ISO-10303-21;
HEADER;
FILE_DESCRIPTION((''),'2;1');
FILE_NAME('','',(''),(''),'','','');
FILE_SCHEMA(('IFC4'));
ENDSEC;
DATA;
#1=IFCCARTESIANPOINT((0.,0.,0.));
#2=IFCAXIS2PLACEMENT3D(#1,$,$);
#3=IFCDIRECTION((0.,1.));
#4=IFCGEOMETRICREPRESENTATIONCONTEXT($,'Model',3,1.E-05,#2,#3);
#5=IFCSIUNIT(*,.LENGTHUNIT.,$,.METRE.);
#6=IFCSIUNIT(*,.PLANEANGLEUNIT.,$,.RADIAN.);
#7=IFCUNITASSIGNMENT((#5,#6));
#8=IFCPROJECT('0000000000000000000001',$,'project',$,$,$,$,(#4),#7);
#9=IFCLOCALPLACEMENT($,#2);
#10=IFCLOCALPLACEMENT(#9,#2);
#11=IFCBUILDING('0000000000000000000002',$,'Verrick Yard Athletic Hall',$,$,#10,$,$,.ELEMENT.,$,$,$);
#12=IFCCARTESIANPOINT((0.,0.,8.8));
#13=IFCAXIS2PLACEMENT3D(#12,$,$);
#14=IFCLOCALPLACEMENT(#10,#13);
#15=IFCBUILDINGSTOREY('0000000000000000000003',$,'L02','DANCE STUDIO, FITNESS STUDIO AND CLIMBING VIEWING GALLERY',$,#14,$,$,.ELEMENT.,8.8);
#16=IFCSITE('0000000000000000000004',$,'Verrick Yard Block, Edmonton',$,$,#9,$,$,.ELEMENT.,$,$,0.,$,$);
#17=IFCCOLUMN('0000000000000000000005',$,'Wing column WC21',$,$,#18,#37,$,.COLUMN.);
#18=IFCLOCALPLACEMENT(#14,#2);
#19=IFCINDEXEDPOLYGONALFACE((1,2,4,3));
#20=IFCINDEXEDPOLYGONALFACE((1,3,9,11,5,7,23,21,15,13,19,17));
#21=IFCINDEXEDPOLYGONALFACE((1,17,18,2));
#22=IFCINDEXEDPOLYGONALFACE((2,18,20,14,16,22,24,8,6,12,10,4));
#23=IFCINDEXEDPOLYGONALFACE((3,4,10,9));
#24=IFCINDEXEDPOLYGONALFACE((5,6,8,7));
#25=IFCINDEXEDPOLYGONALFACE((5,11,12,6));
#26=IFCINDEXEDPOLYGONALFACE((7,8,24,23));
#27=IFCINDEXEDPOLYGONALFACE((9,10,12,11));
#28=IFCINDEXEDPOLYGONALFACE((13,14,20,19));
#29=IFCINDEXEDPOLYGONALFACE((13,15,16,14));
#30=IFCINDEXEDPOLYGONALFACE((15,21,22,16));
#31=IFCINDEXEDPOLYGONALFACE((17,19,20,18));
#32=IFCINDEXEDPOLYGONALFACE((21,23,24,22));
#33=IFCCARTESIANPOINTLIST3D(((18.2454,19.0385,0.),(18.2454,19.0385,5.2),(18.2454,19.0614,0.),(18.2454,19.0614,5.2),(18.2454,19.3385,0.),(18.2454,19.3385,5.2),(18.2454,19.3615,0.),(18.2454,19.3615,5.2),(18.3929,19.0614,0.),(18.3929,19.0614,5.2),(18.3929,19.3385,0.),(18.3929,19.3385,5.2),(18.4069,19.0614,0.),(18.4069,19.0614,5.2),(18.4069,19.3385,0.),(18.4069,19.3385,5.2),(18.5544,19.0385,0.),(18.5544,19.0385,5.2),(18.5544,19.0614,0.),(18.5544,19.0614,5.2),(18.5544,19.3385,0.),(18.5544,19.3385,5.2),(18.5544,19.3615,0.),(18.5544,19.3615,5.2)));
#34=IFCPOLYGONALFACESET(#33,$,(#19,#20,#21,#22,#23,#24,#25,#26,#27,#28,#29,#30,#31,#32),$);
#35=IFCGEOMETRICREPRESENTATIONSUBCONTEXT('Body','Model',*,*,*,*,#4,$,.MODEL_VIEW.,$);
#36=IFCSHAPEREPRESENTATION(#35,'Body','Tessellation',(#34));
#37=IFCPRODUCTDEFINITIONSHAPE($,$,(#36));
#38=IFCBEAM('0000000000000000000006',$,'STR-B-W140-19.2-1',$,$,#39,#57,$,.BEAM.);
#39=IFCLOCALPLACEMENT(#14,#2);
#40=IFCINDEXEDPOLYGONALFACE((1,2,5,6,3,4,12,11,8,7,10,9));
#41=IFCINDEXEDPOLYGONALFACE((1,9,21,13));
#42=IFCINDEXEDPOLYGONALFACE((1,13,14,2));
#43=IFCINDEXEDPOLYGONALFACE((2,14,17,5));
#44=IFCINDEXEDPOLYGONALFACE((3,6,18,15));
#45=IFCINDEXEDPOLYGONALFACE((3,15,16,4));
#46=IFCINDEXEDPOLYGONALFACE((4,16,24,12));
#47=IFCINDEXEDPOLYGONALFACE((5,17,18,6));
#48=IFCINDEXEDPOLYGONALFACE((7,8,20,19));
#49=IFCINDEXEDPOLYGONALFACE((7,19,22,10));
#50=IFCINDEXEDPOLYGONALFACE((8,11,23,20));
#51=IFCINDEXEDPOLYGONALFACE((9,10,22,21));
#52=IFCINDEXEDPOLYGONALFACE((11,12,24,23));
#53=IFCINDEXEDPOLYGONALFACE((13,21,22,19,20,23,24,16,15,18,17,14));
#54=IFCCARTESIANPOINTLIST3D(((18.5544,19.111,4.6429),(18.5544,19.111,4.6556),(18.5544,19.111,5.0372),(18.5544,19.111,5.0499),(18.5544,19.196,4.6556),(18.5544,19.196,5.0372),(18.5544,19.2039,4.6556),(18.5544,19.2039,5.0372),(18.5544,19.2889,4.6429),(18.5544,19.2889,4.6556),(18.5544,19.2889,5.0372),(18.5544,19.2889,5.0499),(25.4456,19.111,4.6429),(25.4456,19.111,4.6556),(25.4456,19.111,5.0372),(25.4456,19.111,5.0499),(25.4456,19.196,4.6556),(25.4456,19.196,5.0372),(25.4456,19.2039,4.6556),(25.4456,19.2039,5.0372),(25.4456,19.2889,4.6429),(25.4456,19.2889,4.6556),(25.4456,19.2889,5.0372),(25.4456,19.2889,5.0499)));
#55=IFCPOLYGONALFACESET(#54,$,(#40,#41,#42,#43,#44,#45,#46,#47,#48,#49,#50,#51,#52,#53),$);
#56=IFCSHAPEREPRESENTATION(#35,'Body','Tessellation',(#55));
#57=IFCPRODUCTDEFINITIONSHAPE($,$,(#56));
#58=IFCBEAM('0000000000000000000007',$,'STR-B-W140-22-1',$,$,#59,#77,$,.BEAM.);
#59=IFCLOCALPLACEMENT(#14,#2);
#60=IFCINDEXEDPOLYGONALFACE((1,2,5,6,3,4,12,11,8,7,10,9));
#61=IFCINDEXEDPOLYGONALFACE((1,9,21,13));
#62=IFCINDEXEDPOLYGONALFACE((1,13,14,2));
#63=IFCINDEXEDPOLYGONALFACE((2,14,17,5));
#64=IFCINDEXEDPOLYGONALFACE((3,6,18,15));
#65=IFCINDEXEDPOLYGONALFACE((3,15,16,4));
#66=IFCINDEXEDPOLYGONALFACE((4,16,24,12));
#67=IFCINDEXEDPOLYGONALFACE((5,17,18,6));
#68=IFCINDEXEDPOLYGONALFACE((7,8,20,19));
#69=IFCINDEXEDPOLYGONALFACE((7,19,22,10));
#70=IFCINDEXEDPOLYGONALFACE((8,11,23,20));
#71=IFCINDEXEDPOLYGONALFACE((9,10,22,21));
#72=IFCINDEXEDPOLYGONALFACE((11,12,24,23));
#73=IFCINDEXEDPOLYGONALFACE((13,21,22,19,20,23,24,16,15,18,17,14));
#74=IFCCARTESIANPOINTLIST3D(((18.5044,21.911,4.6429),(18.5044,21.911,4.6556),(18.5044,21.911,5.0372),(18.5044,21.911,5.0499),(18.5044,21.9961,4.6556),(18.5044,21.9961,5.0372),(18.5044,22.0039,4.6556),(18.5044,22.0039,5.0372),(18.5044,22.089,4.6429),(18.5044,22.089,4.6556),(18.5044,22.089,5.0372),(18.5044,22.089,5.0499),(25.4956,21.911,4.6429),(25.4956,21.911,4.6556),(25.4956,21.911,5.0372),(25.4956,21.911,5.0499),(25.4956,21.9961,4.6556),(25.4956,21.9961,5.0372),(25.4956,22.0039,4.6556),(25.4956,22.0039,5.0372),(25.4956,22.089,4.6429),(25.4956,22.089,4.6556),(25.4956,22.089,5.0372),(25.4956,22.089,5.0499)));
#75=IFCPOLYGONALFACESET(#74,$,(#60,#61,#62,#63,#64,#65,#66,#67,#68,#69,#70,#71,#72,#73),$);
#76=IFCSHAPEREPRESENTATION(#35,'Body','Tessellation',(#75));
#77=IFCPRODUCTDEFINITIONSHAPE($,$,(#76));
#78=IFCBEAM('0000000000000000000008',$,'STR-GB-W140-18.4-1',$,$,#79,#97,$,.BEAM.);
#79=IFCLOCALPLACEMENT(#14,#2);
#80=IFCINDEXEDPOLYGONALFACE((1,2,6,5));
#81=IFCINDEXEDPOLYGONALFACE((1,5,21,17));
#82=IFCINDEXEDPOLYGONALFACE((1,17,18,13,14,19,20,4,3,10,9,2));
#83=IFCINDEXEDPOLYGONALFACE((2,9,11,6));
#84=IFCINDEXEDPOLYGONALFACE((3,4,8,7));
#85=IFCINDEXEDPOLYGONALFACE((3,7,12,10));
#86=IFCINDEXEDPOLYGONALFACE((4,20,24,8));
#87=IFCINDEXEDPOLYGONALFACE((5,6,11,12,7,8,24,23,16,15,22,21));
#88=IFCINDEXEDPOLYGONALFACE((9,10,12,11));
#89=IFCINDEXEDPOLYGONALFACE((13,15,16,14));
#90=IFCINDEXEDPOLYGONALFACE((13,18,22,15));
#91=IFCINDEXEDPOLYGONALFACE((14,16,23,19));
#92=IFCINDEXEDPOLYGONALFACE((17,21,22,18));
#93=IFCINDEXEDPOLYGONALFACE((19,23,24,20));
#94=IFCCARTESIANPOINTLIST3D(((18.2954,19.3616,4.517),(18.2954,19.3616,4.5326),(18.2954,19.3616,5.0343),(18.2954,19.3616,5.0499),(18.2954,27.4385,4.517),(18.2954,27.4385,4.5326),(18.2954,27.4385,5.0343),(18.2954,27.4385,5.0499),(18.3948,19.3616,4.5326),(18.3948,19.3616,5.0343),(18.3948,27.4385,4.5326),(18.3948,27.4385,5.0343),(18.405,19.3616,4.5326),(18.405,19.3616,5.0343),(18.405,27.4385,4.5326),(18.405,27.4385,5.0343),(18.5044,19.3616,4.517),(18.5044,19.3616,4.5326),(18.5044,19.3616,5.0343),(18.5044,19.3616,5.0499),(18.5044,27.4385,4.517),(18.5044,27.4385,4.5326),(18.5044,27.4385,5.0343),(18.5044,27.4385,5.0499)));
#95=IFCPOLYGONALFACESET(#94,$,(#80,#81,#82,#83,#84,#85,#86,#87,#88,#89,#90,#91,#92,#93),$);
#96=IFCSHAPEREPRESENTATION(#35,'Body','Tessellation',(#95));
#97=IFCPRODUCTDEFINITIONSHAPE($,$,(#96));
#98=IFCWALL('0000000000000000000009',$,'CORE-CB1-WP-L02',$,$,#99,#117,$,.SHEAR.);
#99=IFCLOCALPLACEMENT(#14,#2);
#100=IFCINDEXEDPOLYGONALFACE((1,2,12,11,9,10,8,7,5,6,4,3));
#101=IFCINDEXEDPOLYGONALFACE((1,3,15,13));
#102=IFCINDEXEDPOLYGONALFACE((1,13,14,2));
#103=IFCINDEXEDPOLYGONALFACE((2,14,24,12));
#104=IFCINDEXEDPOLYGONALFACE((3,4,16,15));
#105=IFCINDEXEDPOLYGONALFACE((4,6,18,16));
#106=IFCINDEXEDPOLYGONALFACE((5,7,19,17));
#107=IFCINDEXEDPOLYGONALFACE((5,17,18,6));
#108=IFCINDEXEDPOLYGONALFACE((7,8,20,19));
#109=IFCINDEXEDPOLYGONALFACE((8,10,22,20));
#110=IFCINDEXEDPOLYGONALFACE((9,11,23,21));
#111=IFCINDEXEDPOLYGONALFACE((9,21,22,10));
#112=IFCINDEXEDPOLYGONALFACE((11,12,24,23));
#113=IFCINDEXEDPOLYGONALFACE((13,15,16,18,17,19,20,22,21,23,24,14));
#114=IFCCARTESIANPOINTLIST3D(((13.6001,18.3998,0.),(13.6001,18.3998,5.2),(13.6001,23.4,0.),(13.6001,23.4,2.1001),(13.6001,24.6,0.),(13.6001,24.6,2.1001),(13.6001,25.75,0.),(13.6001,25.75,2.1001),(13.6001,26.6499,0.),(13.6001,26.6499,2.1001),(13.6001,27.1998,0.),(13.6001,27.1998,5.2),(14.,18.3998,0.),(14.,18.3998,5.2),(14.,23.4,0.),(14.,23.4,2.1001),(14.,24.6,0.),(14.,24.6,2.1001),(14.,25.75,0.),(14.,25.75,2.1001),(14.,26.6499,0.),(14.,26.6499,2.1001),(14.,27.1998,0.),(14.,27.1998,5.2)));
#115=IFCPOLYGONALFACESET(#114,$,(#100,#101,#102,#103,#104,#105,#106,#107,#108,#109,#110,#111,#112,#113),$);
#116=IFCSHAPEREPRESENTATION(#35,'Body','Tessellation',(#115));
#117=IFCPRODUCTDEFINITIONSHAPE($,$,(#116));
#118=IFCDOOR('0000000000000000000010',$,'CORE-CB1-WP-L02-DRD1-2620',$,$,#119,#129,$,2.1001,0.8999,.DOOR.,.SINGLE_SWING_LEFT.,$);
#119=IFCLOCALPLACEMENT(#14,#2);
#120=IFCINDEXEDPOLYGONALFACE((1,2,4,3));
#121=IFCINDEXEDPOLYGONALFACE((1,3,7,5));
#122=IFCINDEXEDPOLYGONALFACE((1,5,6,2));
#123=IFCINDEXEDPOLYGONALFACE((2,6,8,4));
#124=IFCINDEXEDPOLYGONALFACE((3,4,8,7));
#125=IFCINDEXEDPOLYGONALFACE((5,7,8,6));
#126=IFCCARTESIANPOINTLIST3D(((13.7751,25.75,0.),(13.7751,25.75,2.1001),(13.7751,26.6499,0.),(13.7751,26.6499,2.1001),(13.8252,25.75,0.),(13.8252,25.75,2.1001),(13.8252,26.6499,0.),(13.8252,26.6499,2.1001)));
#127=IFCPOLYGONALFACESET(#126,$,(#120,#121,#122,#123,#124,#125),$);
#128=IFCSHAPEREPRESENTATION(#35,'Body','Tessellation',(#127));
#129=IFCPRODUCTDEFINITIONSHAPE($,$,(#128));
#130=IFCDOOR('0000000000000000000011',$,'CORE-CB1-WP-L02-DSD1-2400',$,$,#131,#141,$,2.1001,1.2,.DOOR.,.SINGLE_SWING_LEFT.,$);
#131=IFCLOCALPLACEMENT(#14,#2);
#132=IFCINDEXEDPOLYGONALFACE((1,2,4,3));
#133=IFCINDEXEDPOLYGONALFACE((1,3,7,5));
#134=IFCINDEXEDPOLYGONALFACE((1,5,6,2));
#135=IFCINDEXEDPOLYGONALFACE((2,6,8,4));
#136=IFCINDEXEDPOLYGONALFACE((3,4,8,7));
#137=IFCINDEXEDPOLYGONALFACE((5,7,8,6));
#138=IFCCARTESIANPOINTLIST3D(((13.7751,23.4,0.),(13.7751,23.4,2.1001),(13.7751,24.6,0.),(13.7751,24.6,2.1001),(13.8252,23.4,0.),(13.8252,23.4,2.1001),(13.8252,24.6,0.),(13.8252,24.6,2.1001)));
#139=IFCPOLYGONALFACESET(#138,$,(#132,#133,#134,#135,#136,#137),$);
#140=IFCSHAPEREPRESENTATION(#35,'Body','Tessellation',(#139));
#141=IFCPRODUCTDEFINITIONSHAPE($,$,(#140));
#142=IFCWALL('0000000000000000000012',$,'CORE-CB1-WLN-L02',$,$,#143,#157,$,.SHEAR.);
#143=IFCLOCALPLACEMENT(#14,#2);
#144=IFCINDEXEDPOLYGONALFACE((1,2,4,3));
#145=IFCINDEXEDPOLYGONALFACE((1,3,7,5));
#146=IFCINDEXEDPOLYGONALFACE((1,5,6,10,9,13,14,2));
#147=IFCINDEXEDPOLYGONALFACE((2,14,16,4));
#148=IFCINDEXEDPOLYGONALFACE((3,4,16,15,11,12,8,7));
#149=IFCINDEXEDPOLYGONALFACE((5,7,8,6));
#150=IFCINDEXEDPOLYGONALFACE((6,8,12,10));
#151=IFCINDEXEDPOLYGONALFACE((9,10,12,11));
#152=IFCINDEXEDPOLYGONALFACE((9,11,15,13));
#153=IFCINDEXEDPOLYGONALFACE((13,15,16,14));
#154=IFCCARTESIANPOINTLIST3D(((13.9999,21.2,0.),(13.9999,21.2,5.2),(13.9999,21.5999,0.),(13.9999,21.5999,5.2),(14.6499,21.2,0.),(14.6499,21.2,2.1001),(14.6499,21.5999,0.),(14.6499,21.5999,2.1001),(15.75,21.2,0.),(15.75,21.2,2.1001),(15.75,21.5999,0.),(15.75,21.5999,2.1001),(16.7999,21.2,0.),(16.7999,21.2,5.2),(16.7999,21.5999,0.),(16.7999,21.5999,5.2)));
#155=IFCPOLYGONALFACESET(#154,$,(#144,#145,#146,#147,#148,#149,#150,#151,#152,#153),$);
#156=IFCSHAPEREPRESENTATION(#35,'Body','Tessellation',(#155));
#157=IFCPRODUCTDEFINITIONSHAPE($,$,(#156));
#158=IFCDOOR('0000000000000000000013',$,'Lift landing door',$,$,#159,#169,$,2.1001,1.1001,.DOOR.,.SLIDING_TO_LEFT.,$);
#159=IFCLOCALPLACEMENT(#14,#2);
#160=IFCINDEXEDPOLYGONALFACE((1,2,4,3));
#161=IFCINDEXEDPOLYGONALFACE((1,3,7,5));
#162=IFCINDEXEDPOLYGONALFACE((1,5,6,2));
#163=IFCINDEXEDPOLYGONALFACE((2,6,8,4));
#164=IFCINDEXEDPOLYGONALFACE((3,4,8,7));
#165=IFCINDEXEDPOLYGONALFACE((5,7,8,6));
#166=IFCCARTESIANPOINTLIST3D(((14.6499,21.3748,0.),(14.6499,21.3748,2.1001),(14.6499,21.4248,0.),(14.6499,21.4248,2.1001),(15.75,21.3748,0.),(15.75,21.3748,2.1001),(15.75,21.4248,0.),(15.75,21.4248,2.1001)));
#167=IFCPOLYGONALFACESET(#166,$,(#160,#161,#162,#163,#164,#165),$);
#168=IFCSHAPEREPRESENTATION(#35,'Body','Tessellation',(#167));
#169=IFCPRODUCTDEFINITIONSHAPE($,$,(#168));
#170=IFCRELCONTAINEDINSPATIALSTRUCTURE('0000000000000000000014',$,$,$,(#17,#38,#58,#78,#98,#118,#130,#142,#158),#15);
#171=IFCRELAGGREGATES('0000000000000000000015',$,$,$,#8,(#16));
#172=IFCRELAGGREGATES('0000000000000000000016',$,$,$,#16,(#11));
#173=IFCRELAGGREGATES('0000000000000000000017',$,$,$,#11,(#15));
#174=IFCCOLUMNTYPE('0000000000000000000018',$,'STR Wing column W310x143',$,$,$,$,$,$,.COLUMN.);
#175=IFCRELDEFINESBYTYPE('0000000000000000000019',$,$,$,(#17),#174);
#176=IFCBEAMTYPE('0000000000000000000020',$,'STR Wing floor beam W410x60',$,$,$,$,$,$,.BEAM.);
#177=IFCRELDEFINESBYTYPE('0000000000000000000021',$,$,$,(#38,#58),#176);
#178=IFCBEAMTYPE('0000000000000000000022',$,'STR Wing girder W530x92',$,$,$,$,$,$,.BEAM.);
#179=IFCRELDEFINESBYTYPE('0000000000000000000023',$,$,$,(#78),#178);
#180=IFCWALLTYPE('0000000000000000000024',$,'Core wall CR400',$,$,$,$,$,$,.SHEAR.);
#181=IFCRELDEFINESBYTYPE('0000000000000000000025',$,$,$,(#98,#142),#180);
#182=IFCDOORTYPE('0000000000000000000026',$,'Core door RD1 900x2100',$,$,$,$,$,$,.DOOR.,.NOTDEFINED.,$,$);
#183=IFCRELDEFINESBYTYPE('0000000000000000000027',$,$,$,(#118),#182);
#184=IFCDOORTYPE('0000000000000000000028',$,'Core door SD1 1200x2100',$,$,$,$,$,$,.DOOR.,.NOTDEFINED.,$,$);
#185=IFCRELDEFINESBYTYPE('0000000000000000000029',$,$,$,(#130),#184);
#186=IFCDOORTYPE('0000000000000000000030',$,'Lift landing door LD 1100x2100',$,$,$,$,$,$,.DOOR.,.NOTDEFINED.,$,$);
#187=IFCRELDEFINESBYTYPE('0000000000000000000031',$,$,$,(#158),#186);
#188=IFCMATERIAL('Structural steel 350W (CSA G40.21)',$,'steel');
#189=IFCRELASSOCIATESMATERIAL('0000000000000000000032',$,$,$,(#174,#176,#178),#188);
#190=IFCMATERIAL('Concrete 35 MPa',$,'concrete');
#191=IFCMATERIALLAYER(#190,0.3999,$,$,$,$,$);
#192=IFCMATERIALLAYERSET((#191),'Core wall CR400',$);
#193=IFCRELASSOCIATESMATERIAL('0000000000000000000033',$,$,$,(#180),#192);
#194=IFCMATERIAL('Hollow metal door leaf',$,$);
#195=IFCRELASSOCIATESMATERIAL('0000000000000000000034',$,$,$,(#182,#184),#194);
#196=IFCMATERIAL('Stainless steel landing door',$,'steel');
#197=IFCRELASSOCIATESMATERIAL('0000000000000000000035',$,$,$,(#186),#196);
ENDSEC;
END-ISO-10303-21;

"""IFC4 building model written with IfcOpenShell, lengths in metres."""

from ifc_helpers import new_model, si_unit, direction, frame, frame_2d, origin, origin_2d, place, context, subcontext, project, spatial, rectangle, i_section, extrude, material, layer, layer_set, material_profile, profile_set, type_object, element, fill, save


model = new_model("IFC4")

# Units and contexts
model_context = context("Model", 3, precision=1e-05, world=origin(), true_north=direction((0.0, 1.0)))
body_context = subcontext(model_context, "Body", "Model", "MODEL_VIEW")
ifc_project = project(units=[si_unit("LENGTHUNIT", "METRE"), si_unit("PLANEANGLEUNIT", "RADIAN")], contexts=[model_context])

# Site, building, storey
site_placement = place(None, origin())
site = spatial("IfcSite", under=ifc_project, at=site_placement, Name="Verrick Yard Block, Edmonton", CompositionType="ELEMENT", RefElevation=0.0)
building_placement = place(site_placement, origin())
building = spatial("IfcBuilding", under=site, at=building_placement, Name="Verrick Yard Athletic Hall", CompositionType="ELEMENT")
storey_placement = place(building_placement, frame((0.0, 0.0, 8.8)))
storey = spatial("IfcBuildingStorey", under=building, at=storey_placement, Name="L02", Description="DANCE STUDIO, FITNESS STUDIO AND CLIMBING VIEWING GALLERY", CompositionType="ELEMENT", Elevation=8.8)

# Column
ifc_material_1 = material(Name="Structural steel 350W (CSA G40.21)", Category="steel")
ifc_material_profile_1 = material_profile(ifc_material_1, i_section(OverallWidth=0.3091, OverallDepth=0.323, WebThickness=0.0139, FlangeThickness=0.0229, at=origin_2d()), Name="W310x143")
ifc_profile_set_1 = profile_set([ifc_material_profile_1], Name="Structural steel 350W (CSA G40.21)")
column_type = type_object("IfcColumnType", Name="STR Wing column W310x143", PredefinedType="COLUMN", material=ifc_profile_set_1)
column_placement = place(storey_placement, frame((18.3999, 19.2, 0.0), z_axis=(0.0, 0.0, 1.0), x_axis=(1.0, 0.0, 0.0)))
element("IfcColumn", 1, at=column_placement, inside=storey, type_object=column_type, Name="Wing column WC21", PredefinedType="COLUMN", context=body_context, shape_type="SweptSolid", body=[
    extrude(i_section(OverallWidth=0.3091, OverallDepth=0.323, WebThickness=0.0139, FlangeThickness=0.0229, at=origin_2d()), origin(), (0.0, 0.0, 1.0), 5.2),
])

# Beams
ifc_material_profile_2 = material_profile(ifc_material_1, i_section(OverallWidth=0.178, OverallDepth=0.407, WebThickness=0.0078, FlangeThickness=0.0127, at=origin_2d()), Name="W410x60")
ifc_profile_set_2 = profile_set([ifc_material_profile_2], Name="Structural steel 350W (CSA G40.21)")
beam_type_1 = type_object("IfcBeamType", Name="STR Wing floor beam W410x60", PredefinedType="BEAM", material=ifc_profile_set_2)
beam_1_placement = place(storey_placement, frame((18.5544, 19.2, 4.8464), z_axis=(1.0, 0.0, 0.0), x_axis=(0.0, 1.0, 0.0)))
element("IfcBeam", 2, at=beam_1_placement, inside=storey, type_object=beam_type_1, Name="STR-B-W140-19.2-1", PredefinedType="BEAM", context=body_context, shape_type="SweptSolid", body=[
    extrude(i_section(OverallWidth=0.178, OverallDepth=0.407, WebThickness=0.0078, FlangeThickness=0.0127, at=origin_2d()), origin(), (0.0, 0.0, 1.0), 6.8911),
])
beam_2_placement = place(storey_placement, frame((18.5044, 22.0, 4.8464), z_axis=(1.0, 0.0, 0.0), x_axis=(0.0, 1.0, 0.0)))
element("IfcBeam", 3, at=beam_2_placement, inside=storey, type_object=beam_type_1, Name="STR-B-W140-22-1", PredefinedType="BEAM", context=body_context, shape_type="SweptSolid", body=[
    extrude(i_section(OverallWidth=0.178, OverallDepth=0.407, WebThickness=0.0078, FlangeThickness=0.0127, at=origin_2d()), origin(), (0.0, 0.0, 1.0), 6.9912),
])
ifc_material_profile_3 = material_profile(ifc_material_1, i_section(OverallWidth=0.209, OverallDepth=0.533, WebThickness=0.0103, FlangeThickness=0.0156, at=origin_2d()), Name="W530x92")
ifc_profile_set_3 = profile_set([ifc_material_profile_3], Name="Structural steel 350W (CSA G40.21)")
beam_type_2 = type_object("IfcBeamType", Name="STR Wing girder W530x92", PredefinedType="BEAM", material=ifc_profile_set_3)
beam_3_placement = place(storey_placement, frame((18.3999, 19.3616, 4.7834), z_axis=(0.0, 1.0, 0.0), x_axis=(-1.0, 0.0, 0.0)))
element("IfcBeam", 4, at=beam_3_placement, inside=storey, type_object=beam_type_2, Name="STR-GB-W140-18.4-1", PredefinedType="BEAM", context=body_context, shape_type="SweptSolid", body=[
    extrude(i_section(OverallWidth=0.209, OverallDepth=0.533, WebThickness=0.0103, FlangeThickness=0.0156, at=origin_2d()), origin(), (0.0, 0.0, 1.0), 8.0769),
])

# Wall, openings, doors
ifc_material_2 = material(Name="Concrete 35 MPa", Category="concrete")
ifc_layer_1 = layer(ifc_material_2, 0.3999)
ifc_layer_set_1 = layer_set([ifc_layer_1], Name="Core wall CR400")
wall_type_1 = type_object("IfcWallType", Name="Core wall CR400", PredefinedType="SHEAR", material=ifc_layer_set_1)
wall_1_placement = place(storey_placement, frame((13.8, 18.3999, 0.0), z_axis=(0.0, 0.0, 1.0), x_axis=(0.0, 1.0, 0.0)))
wall_1 = element("IfcWall", 5, at=wall_1_placement, inside=storey, type_object=wall_type_1, Name="CORE-CB1-WP-L02", PredefinedType="SHEAR", context=body_context, shape_type="SweptSolid", body=[
    extrude(rectangle(XDim=8.8, YDim=0.3999, at=frame_2d((4.3999, 0.0))), origin(), (0.0, 0.0, 1.0), 5.2),
])
opening_1_placement = place(wall_1_placement, frame((5.0, 0.0, 0.0)))
opening_1 = element("IfcOpeningElement", 6, at=opening_1_placement, cuts=wall_1, PredefinedType="OPENING", context=body_context, shape_type="SweptSolid", body=[
    extrude(rectangle(XDim=1.2, YDim=2.1001, at=frame_2d((0.6001, 1.05))), frame((0.0, 0.21, 0.0), z_axis=(0.0, -1.0, 0.0), x_axis=(1.0, 0.0, 0.0)), (0.0, 0.0, 1.0), 0.4199),
])
opening_2_placement = place(wall_1_placement, frame((7.3501, 0.0, 0.0)))
opening_2 = element("IfcOpeningElement", 7, at=opening_2_placement, cuts=wall_1, PredefinedType="OPENING", context=body_context, shape_type="SweptSolid", body=[
    extrude(rectangle(XDim=0.8999, YDim=2.1001, at=frame_2d((0.45, 1.05))), frame((0.0, 0.21, 0.0), z_axis=(0.0, -1.0, 0.0), x_axis=(1.0, 0.0, 0.0)), (0.0, 0.0, 1.0), 0.4199),
])
ifc_material_3 = material(Name="Hollow metal door leaf")
door_type_1 = type_object("IfcDoorType", Name="Core door RD1 900x2100", OperationType="NOTDEFINED", PredefinedType="DOOR", material=ifc_material_3)
door_1_placement = place(opening_2_placement, origin())
door_1 = element("IfcDoor", 8, at=door_1_placement, inside=storey, type_object=door_type_1, Name="CORE-CB1-WP-L02-DRD1-2620", OperationType="SINGLE_SWING_LEFT", OverallHeight=2.1001, OverallWidth=0.8999, PredefinedType="DOOR", context=body_context, shape_type="SweptSolid", body=[
    extrude(rectangle(XDim=0.8999, YDim=2.1001, at=frame_2d((0.45, 1.05))), frame((0.0, 0.0249, 0.0), z_axis=(0.0, -1.0, 0.0), x_axis=(1.0, 0.0, 0.0)), (0.0, 0.0, 1.0), 0.05),
])
fill(opening_2, door_1)
door_type_2 = type_object("IfcDoorType", Name="Core door SD1 1200x2100", OperationType="NOTDEFINED", PredefinedType="DOOR", material=ifc_material_3)
door_2_placement = place(opening_1_placement, origin())
door_2 = element("IfcDoor", 9, at=door_2_placement, inside=storey, type_object=door_type_2, Name="CORE-CB1-WP-L02-DSD1-2400", OperationType="SINGLE_SWING_LEFT", OverallHeight=2.1001, OverallWidth=1.2, PredefinedType="DOOR", context=body_context, shape_type="SweptSolid", body=[
    extrude(rectangle(XDim=1.2, YDim=2.1001, at=frame_2d((0.6001, 1.05))), frame((0.0, 0.0249, 0.0), z_axis=(0.0, -1.0, 0.0), x_axis=(1.0, 0.0, 0.0)), (0.0, 0.0, 1.0), 0.05),
])
fill(opening_1, door_2)

# Wall, opening, door
wall_2_placement = place(storey_placement, frame((14.0, 21.3999, 0.0), z_axis=(0.0, 0.0, 1.0), x_axis=(1.0, 0.0, 0.0)))
wall_2 = element("IfcWall", 10, at=wall_2_placement, inside=storey, type_object=wall_type_1, Name="CORE-CB1-WLN-L02", PredefinedType="SHEAR", context=body_context, shape_type="SweptSolid", body=[
    extrude(rectangle(XDim=2.8, YDim=0.3999, at=frame_2d((1.3999, 0.0))), origin(), (0.0, 0.0, 1.0), 5.2),
])
opening_3_placement = place(wall_2_placement, frame((0.6499, 0.0, 0.0)))
opening_3 = element("IfcOpeningElement", 11, at=opening_3_placement, cuts=wall_2, PredefinedType="OPENING", context=body_context, shape_type="SweptSolid", body=[
    extrude(rectangle(XDim=1.1001, YDim=2.1001, at=frame_2d((0.55, 1.05))), frame((0.0, 0.21, 0.0), z_axis=(0.0, -1.0, 0.0), x_axis=(1.0, 0.0, 0.0)), (0.0, 0.0, 1.0), 0.4199),
])
ifc_material_4 = material(Name="Stainless steel landing door", Category="steel")
door_type_3 = type_object("IfcDoorType", Name="Lift landing door LD 1100x2100", OperationType="NOTDEFINED", PredefinedType="DOOR", material=ifc_material_4)
door_3_placement = place(opening_3_placement, origin())
door_3 = element("IfcDoor", 12, at=door_3_placement, inside=storey, type_object=door_type_3, Name="Lift landing door", OperationType="SLIDING_TO_LEFT", OverallHeight=2.1001, OverallWidth=1.1001, PredefinedType="DOOR", context=body_context, shape_type="SweptSolid", body=[
    extrude(rectangle(XDim=1.1001, YDim=2.1001, at=frame_2d((0.55, 1.05))), frame((0.0, 0.0249, 0.0), z_axis=(0.0, -1.0, 0.0), x_axis=(1.0, 0.0, 0.0)), (0.0, 0.0, 1.0), 0.05),
])
fill(opening_3, door_3)

save(model, "model.ifc")
